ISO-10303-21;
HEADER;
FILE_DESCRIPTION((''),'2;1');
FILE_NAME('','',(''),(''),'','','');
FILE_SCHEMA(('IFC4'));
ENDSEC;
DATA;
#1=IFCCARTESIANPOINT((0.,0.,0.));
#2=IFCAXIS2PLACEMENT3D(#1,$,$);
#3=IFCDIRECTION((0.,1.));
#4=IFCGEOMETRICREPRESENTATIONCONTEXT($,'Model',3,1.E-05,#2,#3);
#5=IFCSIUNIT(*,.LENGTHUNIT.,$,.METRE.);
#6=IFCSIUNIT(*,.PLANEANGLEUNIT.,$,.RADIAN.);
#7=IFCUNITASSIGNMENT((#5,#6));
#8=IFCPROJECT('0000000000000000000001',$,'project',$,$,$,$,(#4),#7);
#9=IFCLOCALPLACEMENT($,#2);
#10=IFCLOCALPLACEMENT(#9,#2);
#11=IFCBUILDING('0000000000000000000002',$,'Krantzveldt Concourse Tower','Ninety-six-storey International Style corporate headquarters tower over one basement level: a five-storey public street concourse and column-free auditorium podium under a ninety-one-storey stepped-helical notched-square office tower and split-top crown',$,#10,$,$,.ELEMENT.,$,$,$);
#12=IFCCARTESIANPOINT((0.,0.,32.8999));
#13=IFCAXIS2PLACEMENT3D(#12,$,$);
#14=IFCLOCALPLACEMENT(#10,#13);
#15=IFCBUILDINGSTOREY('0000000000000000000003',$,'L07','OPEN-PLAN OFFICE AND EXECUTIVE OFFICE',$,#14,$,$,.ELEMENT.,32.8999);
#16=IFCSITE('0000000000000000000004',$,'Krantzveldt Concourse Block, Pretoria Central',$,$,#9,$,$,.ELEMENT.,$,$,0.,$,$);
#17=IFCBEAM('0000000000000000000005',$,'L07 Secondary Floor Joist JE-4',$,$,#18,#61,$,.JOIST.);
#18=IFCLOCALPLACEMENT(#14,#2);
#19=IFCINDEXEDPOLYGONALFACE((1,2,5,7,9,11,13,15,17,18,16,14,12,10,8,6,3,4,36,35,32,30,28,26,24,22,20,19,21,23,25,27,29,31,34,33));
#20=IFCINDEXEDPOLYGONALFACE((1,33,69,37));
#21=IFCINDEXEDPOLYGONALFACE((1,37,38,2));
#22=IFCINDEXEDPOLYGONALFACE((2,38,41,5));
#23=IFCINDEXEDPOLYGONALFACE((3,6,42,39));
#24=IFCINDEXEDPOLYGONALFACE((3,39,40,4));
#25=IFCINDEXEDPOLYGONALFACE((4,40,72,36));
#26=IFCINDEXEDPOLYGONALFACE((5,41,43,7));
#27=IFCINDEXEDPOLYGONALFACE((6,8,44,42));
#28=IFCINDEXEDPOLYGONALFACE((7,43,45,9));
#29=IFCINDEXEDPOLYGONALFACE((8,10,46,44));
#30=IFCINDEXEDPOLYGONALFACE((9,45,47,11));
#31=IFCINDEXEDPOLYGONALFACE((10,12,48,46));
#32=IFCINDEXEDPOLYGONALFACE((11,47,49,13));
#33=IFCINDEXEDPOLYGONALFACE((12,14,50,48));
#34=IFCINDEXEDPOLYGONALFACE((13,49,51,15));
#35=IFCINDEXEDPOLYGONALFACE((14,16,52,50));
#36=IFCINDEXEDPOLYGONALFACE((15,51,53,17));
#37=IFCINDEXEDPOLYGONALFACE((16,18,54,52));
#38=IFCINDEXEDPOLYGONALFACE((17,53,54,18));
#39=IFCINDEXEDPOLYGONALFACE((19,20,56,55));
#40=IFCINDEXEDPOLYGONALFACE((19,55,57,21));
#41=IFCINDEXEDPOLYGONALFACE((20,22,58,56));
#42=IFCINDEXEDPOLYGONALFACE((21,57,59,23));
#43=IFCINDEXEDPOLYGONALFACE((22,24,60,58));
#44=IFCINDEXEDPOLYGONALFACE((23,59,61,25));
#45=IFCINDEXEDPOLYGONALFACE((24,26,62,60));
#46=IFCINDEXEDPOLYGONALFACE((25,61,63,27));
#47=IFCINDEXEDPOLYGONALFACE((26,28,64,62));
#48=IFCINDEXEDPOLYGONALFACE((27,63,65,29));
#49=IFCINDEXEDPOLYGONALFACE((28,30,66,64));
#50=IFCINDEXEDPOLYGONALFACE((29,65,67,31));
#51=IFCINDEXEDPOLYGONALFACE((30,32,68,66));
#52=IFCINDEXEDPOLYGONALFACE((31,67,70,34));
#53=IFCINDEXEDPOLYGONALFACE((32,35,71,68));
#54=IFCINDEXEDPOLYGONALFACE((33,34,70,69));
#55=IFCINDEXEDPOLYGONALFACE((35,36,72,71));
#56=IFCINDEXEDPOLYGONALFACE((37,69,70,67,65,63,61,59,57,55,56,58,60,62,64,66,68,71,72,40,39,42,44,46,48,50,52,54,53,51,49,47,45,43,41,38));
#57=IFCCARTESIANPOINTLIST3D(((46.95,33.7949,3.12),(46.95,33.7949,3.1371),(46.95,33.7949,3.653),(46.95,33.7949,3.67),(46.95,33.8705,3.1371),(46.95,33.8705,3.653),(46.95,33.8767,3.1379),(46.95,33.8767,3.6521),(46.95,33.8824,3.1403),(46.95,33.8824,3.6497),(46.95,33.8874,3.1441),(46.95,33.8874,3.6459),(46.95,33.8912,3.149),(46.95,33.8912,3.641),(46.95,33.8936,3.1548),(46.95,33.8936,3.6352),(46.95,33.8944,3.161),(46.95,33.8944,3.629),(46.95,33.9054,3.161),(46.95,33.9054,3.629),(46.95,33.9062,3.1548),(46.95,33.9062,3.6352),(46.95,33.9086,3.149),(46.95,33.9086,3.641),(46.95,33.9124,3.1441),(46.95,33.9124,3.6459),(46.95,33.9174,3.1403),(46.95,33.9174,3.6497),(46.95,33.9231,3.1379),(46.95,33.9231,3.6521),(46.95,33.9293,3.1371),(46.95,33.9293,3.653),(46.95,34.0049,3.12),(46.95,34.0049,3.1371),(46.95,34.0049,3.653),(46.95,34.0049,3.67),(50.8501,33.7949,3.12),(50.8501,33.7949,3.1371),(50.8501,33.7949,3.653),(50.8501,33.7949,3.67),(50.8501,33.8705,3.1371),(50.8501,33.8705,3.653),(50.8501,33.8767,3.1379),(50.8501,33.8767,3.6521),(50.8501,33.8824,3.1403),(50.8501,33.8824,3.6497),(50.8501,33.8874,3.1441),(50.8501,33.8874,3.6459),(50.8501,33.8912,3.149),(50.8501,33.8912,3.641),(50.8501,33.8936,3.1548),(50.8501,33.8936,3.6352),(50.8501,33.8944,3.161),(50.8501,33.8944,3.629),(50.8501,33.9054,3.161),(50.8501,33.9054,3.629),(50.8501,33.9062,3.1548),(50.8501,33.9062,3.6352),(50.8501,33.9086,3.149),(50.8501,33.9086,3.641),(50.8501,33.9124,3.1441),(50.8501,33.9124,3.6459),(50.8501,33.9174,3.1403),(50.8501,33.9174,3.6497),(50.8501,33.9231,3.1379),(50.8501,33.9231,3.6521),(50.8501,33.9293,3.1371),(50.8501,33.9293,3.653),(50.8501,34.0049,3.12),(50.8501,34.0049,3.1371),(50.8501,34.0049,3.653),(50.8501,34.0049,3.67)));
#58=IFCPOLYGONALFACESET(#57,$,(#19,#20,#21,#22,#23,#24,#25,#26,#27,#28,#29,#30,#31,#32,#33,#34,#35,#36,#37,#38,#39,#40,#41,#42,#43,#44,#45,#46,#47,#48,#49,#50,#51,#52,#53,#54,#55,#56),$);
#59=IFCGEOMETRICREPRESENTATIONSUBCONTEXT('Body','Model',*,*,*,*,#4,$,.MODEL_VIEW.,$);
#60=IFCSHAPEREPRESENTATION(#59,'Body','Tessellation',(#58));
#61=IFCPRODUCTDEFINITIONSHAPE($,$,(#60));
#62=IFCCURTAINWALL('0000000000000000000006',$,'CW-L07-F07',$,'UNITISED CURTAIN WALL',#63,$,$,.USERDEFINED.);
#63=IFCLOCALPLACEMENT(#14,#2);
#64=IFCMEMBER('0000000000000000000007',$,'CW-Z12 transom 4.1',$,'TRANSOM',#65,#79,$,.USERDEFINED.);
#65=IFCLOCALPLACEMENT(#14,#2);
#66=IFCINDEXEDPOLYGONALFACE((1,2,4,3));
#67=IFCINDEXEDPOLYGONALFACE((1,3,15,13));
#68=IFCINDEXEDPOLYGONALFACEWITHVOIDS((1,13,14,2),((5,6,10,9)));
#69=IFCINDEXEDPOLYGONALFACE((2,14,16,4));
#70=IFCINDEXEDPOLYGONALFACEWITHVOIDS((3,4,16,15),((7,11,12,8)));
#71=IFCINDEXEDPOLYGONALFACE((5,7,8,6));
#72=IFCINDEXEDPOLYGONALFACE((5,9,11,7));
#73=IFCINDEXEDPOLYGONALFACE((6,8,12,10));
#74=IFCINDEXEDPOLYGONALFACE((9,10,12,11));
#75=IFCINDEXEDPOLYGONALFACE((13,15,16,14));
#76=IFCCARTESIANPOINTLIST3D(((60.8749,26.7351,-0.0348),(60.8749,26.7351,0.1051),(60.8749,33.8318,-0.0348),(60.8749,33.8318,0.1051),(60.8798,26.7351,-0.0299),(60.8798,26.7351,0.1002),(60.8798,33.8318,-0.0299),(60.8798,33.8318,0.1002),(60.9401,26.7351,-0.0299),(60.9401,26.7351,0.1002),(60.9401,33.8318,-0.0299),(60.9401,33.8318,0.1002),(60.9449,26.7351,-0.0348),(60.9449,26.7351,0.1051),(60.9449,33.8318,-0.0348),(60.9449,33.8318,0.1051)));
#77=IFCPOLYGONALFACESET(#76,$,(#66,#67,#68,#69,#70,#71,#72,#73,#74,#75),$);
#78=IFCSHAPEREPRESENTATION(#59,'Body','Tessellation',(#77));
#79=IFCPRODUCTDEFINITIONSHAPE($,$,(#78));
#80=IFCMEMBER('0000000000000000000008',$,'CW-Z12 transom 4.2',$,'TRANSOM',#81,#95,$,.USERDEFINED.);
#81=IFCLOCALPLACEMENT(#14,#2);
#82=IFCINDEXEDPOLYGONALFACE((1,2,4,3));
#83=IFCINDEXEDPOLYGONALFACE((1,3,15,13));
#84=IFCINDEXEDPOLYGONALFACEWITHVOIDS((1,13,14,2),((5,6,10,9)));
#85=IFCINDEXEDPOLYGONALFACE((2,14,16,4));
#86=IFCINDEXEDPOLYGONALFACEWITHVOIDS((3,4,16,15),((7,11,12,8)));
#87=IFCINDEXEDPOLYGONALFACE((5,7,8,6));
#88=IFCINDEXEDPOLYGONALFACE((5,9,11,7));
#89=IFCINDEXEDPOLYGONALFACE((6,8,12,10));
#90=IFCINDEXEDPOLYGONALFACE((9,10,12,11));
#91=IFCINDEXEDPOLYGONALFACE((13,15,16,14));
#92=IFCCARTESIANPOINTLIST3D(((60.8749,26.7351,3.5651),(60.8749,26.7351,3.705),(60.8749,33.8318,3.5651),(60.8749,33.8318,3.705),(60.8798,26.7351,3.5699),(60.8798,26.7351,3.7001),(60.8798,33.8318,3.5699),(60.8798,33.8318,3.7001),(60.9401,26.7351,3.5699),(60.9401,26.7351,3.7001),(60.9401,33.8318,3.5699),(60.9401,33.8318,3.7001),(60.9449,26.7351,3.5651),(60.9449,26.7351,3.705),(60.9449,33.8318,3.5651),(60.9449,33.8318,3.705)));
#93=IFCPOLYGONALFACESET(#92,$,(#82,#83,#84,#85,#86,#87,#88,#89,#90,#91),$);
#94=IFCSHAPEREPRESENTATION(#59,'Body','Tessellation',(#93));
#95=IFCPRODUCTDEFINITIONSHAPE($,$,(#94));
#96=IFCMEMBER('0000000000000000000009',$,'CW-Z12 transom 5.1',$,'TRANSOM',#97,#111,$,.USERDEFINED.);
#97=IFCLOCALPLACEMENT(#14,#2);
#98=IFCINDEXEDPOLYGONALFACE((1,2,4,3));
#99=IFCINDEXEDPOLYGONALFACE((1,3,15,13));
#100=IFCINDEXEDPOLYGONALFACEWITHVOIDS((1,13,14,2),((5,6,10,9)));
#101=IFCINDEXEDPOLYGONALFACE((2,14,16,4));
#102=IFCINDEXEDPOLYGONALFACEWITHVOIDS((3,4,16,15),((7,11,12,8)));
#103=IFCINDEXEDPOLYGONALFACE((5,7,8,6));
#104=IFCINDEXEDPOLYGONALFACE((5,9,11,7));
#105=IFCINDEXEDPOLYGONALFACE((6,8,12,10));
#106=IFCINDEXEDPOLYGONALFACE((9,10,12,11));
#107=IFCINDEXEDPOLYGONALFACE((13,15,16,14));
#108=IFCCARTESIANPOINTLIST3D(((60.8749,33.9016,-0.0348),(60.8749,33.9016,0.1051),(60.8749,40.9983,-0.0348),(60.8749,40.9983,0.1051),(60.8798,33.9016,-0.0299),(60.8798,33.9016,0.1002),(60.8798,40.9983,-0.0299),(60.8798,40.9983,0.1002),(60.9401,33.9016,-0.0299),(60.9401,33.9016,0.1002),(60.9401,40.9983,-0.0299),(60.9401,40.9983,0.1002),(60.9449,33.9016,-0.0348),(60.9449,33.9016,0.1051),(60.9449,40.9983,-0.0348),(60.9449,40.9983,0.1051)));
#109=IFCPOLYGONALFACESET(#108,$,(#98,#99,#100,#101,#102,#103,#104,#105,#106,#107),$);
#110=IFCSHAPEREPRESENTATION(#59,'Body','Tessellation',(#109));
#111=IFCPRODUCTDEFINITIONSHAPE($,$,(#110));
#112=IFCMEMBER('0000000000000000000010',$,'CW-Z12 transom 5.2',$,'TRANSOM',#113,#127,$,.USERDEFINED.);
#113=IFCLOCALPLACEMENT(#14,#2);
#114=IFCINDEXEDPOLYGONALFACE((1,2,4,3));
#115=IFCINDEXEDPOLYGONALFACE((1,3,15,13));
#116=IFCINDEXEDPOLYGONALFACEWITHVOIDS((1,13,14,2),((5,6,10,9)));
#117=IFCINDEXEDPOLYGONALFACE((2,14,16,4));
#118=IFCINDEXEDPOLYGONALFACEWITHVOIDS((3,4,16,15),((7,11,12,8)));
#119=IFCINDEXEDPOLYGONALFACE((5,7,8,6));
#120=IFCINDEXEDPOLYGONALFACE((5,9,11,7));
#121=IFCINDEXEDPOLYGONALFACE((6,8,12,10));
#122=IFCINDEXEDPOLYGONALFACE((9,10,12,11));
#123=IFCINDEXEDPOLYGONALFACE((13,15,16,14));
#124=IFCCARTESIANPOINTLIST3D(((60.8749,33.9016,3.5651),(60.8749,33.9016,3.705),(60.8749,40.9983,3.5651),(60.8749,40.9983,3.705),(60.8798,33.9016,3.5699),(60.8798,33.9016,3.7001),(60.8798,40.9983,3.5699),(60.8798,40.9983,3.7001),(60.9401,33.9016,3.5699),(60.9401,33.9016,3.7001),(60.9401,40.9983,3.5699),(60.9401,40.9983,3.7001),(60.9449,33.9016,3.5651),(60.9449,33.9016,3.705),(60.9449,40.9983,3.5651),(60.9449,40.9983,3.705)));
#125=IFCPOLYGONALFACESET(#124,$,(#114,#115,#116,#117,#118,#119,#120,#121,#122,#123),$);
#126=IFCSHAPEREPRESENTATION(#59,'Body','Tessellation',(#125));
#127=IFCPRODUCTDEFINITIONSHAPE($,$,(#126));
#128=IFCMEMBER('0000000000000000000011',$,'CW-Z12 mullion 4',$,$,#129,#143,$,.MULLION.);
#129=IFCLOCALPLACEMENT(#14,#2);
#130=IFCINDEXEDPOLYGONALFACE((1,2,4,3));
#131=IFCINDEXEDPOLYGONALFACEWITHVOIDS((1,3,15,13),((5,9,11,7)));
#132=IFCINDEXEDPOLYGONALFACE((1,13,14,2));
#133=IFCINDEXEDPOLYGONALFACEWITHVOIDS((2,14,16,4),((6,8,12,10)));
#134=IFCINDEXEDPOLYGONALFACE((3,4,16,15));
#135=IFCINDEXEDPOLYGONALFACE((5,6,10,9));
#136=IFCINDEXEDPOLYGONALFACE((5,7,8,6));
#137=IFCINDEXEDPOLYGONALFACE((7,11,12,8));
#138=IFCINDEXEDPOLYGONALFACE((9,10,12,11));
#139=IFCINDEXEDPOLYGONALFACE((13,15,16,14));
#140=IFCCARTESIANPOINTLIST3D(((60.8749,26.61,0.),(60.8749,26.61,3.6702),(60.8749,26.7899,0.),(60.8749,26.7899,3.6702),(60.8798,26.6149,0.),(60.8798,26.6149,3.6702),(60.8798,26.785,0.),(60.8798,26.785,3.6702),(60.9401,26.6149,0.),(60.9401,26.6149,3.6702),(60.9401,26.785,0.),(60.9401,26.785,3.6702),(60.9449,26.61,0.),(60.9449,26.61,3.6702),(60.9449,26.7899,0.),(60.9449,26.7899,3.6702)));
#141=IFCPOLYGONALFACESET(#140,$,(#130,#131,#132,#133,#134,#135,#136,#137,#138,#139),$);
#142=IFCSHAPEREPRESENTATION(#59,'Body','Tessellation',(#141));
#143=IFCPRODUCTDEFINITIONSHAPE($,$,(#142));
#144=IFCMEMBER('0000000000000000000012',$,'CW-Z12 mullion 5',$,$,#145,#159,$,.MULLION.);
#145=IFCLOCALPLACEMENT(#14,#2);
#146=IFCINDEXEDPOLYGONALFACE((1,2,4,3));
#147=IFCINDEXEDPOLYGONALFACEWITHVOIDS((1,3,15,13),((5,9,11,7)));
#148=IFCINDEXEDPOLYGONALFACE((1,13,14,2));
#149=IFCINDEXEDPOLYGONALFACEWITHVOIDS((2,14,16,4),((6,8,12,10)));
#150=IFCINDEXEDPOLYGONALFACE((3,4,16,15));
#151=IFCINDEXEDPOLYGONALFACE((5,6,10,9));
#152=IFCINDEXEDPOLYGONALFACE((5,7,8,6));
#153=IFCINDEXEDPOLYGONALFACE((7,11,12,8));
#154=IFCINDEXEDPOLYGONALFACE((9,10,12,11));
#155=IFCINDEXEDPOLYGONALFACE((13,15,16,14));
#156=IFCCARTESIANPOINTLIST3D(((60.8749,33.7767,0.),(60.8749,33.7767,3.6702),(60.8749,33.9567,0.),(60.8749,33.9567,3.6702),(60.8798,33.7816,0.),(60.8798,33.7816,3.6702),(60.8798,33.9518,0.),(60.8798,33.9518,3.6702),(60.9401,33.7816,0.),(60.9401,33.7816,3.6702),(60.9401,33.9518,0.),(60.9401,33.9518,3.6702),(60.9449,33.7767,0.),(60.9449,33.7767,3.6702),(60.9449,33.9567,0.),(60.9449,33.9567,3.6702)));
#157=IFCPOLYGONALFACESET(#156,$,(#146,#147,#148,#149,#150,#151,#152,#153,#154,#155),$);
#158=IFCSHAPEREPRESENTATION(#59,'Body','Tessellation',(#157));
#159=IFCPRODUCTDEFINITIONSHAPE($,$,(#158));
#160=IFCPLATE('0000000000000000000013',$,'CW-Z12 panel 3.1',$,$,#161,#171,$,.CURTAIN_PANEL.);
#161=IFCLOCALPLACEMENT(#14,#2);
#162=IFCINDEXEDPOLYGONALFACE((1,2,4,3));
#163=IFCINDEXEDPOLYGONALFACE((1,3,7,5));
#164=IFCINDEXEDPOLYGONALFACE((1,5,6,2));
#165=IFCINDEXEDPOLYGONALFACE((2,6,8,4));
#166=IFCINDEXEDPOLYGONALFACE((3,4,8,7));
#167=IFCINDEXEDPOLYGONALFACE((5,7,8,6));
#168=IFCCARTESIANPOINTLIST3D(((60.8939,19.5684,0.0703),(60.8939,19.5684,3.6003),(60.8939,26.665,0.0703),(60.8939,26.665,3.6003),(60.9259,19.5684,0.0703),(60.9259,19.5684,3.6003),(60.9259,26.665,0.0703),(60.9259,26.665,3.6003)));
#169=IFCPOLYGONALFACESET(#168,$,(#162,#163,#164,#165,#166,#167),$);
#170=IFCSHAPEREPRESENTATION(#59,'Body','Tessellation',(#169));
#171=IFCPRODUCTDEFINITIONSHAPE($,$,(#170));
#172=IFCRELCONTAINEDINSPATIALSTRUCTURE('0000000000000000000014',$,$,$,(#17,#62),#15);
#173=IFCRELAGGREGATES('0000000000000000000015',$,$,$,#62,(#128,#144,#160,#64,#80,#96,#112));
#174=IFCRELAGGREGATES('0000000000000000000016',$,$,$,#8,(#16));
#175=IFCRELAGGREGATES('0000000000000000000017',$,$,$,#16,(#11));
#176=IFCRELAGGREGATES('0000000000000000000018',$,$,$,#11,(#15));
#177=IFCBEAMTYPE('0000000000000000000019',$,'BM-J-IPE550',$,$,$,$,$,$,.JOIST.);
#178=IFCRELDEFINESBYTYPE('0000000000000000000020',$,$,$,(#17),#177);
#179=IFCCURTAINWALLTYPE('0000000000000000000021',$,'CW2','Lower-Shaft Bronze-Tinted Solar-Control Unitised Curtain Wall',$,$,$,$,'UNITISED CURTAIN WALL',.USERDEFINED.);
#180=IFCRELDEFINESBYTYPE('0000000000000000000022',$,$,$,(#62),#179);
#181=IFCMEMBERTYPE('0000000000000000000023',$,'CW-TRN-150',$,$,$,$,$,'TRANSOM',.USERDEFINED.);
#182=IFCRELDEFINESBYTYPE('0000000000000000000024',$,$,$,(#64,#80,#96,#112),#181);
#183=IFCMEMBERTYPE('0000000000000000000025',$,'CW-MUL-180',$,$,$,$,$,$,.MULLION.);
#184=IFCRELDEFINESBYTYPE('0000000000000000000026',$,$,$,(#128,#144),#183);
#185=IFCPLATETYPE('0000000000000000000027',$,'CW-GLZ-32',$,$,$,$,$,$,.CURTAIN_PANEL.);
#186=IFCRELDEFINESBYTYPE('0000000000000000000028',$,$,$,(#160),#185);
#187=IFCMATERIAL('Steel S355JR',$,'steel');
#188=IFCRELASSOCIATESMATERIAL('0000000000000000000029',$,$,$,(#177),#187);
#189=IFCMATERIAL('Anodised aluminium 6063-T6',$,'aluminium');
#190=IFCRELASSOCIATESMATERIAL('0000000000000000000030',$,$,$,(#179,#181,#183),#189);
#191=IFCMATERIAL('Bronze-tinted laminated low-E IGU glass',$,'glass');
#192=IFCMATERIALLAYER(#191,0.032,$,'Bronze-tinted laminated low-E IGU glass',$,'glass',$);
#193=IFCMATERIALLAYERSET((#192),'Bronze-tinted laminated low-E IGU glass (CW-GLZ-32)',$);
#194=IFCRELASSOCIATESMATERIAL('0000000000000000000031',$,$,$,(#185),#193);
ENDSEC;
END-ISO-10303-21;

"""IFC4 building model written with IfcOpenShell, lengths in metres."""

from ifc_helpers import new_model, si_unit, direction, frame, origin, origin_2d, place, context, subcontext, project, spatial, rectangle, hollow_rectangle, i_section, extrude, source, transform, mapped, material, layer, layer_set, material_profile, profile_set, type_object, type_shapes, element, aggregate, save


model = new_model("IFC4")

# Units and contexts
model_context = context("Model", 3, precision=1e-05, world=origin(), true_north=direction((0.0, 1.0)))
body_context = subcontext(model_context, "Body", "Model", "MODEL_VIEW")
ifc_project = project(units=[si_unit("LENGTHUNIT", "METRE"), si_unit("PLANEANGLEUNIT", "RADIAN")], contexts=[model_context])

# Site, building, storey
site_placement = place(None, origin())
site = spatial("IfcSite", under=ifc_project, at=site_placement, Name="Krantzveldt Concourse Block, Pretoria Central", CompositionType="ELEMENT", RefElevation=0.0)
building_placement = place(site_placement, origin())
building = spatial("IfcBuilding", under=site, at=building_placement, Name="Krantzveldt Concourse Tower", Description="Ninety-six-storey International Style corporate headquarters tower over one basement level: a five-storey public street concourse and column-free auditorium podium under a ninety-one-storey stepped-helical notched-square office tower and split-top crown", CompositionType="ELEMENT")
storey_placement = place(building_placement, frame((0.0, 0.0, 32.8999)))
storey = spatial("IfcBuildingStorey", under=building, at=storey_placement, Name="L07", Description="OPEN-PLAN OFFICE AND EXECUTIVE OFFICE", CompositionType="ELEMENT", Elevation=32.8999)

# Beam
ifc_material_1 = material(Name="Steel S355JR", Category="steel")
ifc_material_profile_1 = material_profile(ifc_material_1, i_section(OverallWidth=0.21, OverallDepth=0.55, WebThickness=0.011, FlangeThickness=0.0171, FilletRadius=0.0239, at=origin_2d()), Name="Steel S355JR", Category="steel")
ifc_profile_set_1 = profile_set([ifc_material_profile_1], Name="Steel S355JR - IPE 550")
beam_type_1 = type_object("IfcBeamType", Name="BM-J-IPE550", PredefinedType="JOIST", material=ifc_profile_set_1)
shared_shape_1 = source(origin(), body_context, "Body", "SweptSolid", [
    extrude(i_section(OverallWidth=0.21, OverallDepth=0.55, WebThickness=0.011, FlangeThickness=0.0171, FilletRadius=0.0239, at=origin_2d()), origin(), (0.0, 0.0, 1.0), 3.9001),
])
type_shapes(beam_type_1, [shared_shape_1])
for number, where, z_axis, x_axis, name in (
    (1, (46.95, 33.8999, 3.395), (1.0, 0.0, 0.0), (0.0, 1.0, 0.0), "L07 Secondary Floor Joist JE-4"),
):
    element("IfcBeam", number, at=place(storey_placement, frame(where, z_axis=z_axis, x_axis=x_axis)), inside=storey, type_object=beam_type_1, Name=name, PredefinedType="JOIST", context=body_context, shape_type="MappedRepresentation", body=[
        mapped(shared_shape_1, transform((0.0, 0.0, 0.0), x_axis=(1.0, 0.0, 0.0), y_axis=(0.0, 1.0, 0.0), z_axis=(0.0, 0.0, 1.0), scale=1.0)),
    ])

# Curtain wall, members, plate
ifc_material_2 = material(Name="Anodised aluminium 6063-T6", Category="aluminium")
curtain_wall_type = type_object("IfcCurtainWallType", Name="CW2", Description="Lower-Shaft Bronze-Tinted Solar-Control Unitised Curtain Wall", ElementType="UNITISED CURTAIN WALL", PredefinedType="USERDEFINED", material=ifc_material_2)
curtain_wall_placement = place(storey_placement, origin())
curtain_wall = element("IfcCurtainWall", 2, at=curtain_wall_placement, inside=storey, type_object=curtain_wall_type, Name="CW-L07-F07", ObjectType="UNITISED CURTAIN WALL", PredefinedType="USERDEFINED")
ifc_material_profile_2 = material_profile(ifc_material_2, hollow_rectangle(XDim=0.0701, YDim=0.1399, WallThickness=0.0049, at=origin_2d()), Name="Anodised aluminium 6063-T6", Category="aluminium")
ifc_profile_set_2 = profile_set([ifc_material_profile_2], Name="Anodised aluminium 6063-T6 - ALU-TRAN 140x70x5")
member_type_1 = type_object("IfcMemberType", Name="CW-TRN-150", ElementType="TRANSOM", PredefinedType="USERDEFINED", material=ifc_profile_set_2)
shared_shape_2 = source(origin(), body_context, "Body", "SweptSolid", [
    extrude(hollow_rectangle(XDim=0.0701, YDim=0.1399, WallThickness=0.0049, at=origin_2d()), origin(), (0.0, 0.0, 1.0), 7.0967),
])
type_shapes(member_type_1, [shared_shape_2])
member_1_placement = place(storey_placement, frame((60.9099, 26.7351, 0.0352), z_axis=(0.0, 1.0, 0.0), x_axis=(-1.0, 0.0, 0.0)))
member_1 = element("IfcMember", 3, at=member_1_placement, type_object=member_type_1, Name="CW-Z12 transom 4.1", ObjectType="TRANSOM", PredefinedType="USERDEFINED", context=body_context, shape_type="MappedRepresentation", body=[
    mapped(shared_shape_2, transform((0.0, 0.0, 0.0), x_axis=(1.0, 0.0, 0.0), y_axis=(0.0, 1.0, 0.0), z_axis=(0.0, 0.0, 1.0), scale=1.0)),
])
member_2_placement = place(storey_placement, frame((60.9099, 26.7351, 3.635), z_axis=(0.0, 1.0, 0.0), x_axis=(-1.0, 0.0, 0.0)))
member_2 = element("IfcMember", 4, at=member_2_placement, type_object=member_type_1, Name="CW-Z12 transom 4.2", ObjectType="TRANSOM", PredefinedType="USERDEFINED", context=body_context, shape_type="MappedRepresentation", body=[
    mapped(shared_shape_2, transform((0.0, 0.0, 0.0), x_axis=(1.0, 0.0, 0.0), y_axis=(0.0, 1.0, 0.0), z_axis=(0.0, 0.0, 1.0), scale=1.0)),
])
member_3_placement = place(storey_placement, frame((60.9099, 33.9016, 0.0352), z_axis=(0.0, 1.0, 0.0), x_axis=(-1.0, 0.0, 0.0)))
member_3 = element("IfcMember", 5, at=member_3_placement, type_object=member_type_1, Name="CW-Z12 transom 5.1", ObjectType="TRANSOM", PredefinedType="USERDEFINED", context=body_context, shape_type="MappedRepresentation", body=[
    mapped(shared_shape_2, transform((0.0, 0.0, 0.0), x_axis=(1.0, 0.0, 0.0), y_axis=(0.0, 1.0, 0.0), z_axis=(0.0, 0.0, 1.0), scale=1.0)),
])
member_4_placement = place(storey_placement, frame((60.9099, 33.9016, 3.635), z_axis=(0.0, 1.0, 0.0), x_axis=(-1.0, 0.0, 0.0)))
member_4 = element("IfcMember", 6, at=member_4_placement, type_object=member_type_1, Name="CW-Z12 transom 5.2", ObjectType="TRANSOM", PredefinedType="USERDEFINED", context=body_context, shape_type="MappedRepresentation", body=[
    mapped(shared_shape_2, transform((0.0, 0.0, 0.0), x_axis=(1.0, 0.0, 0.0), y_axis=(0.0, 1.0, 0.0), z_axis=(0.0, 0.0, 1.0), scale=1.0)),
])
ifc_material_profile_3 = material_profile(ifc_material_2, hollow_rectangle(XDim=0.0701, YDim=0.1799, WallThickness=0.0049, at=origin_2d()), Name="Anodised aluminium 6063-T6", Category="aluminium")
ifc_profile_set_3 = profile_set([ifc_material_profile_3], Name="Anodised aluminium 6063-T6 - ALU-MULL 180x70x5")
member_type_2 = type_object("IfcMemberType", Name="CW-MUL-180", PredefinedType="MULLION", material=ifc_profile_set_3)
shared_shape_3 = source(origin(), body_context, "Body", "SweptSolid", [
    extrude(hollow_rectangle(XDim=0.0701, YDim=0.1799, WallThickness=0.0049, at=origin_2d()), origin(), (0.0, 0.0, 1.0), 3.6702),
])
type_shapes(member_type_2, [shared_shape_3])
member_5_placement = place(storey_placement, frame((60.9099, 26.7, 0.0), z_axis=(0.0, 0.0, 1.0), x_axis=(-1.0, 0.0, 0.0)))
member_5 = element("IfcMember", 7, at=member_5_placement, type_object=member_type_2, Name="CW-Z12 mullion 4", PredefinedType="MULLION", context=body_context, shape_type="MappedRepresentation", body=[
    mapped(shared_shape_3, transform((0.0, 0.0, 0.0), x_axis=(1.0, 0.0, 0.0), y_axis=(0.0, 1.0, 0.0), z_axis=(0.0, 0.0, 1.0), scale=1.0)),
])
member_6_placement = place(storey_placement, frame((60.9099, 33.8667, 0.0), z_axis=(0.0, 0.0, 1.0), x_axis=(-1.0, 0.0, 0.0)))
member_6 = element("IfcMember", 8, at=member_6_placement, type_object=member_type_2, Name="CW-Z12 mullion 5", PredefinedType="MULLION", context=body_context, shape_type="MappedRepresentation", body=[
    mapped(shared_shape_3, transform((0.0, 0.0, 0.0), x_axis=(1.0, 0.0, 0.0), y_axis=(0.0, 1.0, 0.0), z_axis=(0.0, 0.0, 1.0), scale=1.0)),
])
ifc_material_3 = material(Name="Bronze-tinted laminated low-E IGU glass", Category="glass")
ifc_layer_1 = layer(ifc_material_3, 0.032, Name="Bronze-tinted laminated low-E IGU glass", Category="glass")
ifc_layer_set_1 = layer_set([ifc_layer_1], Name="Bronze-tinted laminated low-E IGU glass (CW-GLZ-32)")
plate_type = type_object("IfcPlateType", Name="CW-GLZ-32", PredefinedType="CURTAIN_PANEL", material=ifc_layer_set_1)
shared_shape_4 = source(origin(), body_context, "Body", "SweptSolid", [
    extrude(rectangle(XDim=7.0967, YDim=0.032, at=origin_2d()), origin(), (0.0, 0.0, 1.0), 3.53),
])
type_shapes(plate_type, [shared_shape_4])
plate_1_placement = place(storey_placement, frame((60.9099, 23.1167, 0.0703), z_axis=(0.0, 0.0, 1.0), x_axis=(0.0, 1.0, 0.0)))
plate_1 = element("IfcPlate", 9, at=plate_1_placement, type_object=plate_type, Name="CW-Z12 panel 3.1", PredefinedType="CURTAIN_PANEL", context=body_context, shape_type="MappedRepresentation", body=[
    mapped(shared_shape_4, transform((0.0, 0.0, 0.0), x_axis=(1.0, 0.0, 0.0), y_axis=(0.0, 1.0, 0.0), z_axis=(0.0, 0.0, 1.0), scale=1.0)),
])
aggregate(curtain_wall, [member_5, member_6, plate_1, member_1, member_2, member_3, member_4])

save(model, "model.ifc")
